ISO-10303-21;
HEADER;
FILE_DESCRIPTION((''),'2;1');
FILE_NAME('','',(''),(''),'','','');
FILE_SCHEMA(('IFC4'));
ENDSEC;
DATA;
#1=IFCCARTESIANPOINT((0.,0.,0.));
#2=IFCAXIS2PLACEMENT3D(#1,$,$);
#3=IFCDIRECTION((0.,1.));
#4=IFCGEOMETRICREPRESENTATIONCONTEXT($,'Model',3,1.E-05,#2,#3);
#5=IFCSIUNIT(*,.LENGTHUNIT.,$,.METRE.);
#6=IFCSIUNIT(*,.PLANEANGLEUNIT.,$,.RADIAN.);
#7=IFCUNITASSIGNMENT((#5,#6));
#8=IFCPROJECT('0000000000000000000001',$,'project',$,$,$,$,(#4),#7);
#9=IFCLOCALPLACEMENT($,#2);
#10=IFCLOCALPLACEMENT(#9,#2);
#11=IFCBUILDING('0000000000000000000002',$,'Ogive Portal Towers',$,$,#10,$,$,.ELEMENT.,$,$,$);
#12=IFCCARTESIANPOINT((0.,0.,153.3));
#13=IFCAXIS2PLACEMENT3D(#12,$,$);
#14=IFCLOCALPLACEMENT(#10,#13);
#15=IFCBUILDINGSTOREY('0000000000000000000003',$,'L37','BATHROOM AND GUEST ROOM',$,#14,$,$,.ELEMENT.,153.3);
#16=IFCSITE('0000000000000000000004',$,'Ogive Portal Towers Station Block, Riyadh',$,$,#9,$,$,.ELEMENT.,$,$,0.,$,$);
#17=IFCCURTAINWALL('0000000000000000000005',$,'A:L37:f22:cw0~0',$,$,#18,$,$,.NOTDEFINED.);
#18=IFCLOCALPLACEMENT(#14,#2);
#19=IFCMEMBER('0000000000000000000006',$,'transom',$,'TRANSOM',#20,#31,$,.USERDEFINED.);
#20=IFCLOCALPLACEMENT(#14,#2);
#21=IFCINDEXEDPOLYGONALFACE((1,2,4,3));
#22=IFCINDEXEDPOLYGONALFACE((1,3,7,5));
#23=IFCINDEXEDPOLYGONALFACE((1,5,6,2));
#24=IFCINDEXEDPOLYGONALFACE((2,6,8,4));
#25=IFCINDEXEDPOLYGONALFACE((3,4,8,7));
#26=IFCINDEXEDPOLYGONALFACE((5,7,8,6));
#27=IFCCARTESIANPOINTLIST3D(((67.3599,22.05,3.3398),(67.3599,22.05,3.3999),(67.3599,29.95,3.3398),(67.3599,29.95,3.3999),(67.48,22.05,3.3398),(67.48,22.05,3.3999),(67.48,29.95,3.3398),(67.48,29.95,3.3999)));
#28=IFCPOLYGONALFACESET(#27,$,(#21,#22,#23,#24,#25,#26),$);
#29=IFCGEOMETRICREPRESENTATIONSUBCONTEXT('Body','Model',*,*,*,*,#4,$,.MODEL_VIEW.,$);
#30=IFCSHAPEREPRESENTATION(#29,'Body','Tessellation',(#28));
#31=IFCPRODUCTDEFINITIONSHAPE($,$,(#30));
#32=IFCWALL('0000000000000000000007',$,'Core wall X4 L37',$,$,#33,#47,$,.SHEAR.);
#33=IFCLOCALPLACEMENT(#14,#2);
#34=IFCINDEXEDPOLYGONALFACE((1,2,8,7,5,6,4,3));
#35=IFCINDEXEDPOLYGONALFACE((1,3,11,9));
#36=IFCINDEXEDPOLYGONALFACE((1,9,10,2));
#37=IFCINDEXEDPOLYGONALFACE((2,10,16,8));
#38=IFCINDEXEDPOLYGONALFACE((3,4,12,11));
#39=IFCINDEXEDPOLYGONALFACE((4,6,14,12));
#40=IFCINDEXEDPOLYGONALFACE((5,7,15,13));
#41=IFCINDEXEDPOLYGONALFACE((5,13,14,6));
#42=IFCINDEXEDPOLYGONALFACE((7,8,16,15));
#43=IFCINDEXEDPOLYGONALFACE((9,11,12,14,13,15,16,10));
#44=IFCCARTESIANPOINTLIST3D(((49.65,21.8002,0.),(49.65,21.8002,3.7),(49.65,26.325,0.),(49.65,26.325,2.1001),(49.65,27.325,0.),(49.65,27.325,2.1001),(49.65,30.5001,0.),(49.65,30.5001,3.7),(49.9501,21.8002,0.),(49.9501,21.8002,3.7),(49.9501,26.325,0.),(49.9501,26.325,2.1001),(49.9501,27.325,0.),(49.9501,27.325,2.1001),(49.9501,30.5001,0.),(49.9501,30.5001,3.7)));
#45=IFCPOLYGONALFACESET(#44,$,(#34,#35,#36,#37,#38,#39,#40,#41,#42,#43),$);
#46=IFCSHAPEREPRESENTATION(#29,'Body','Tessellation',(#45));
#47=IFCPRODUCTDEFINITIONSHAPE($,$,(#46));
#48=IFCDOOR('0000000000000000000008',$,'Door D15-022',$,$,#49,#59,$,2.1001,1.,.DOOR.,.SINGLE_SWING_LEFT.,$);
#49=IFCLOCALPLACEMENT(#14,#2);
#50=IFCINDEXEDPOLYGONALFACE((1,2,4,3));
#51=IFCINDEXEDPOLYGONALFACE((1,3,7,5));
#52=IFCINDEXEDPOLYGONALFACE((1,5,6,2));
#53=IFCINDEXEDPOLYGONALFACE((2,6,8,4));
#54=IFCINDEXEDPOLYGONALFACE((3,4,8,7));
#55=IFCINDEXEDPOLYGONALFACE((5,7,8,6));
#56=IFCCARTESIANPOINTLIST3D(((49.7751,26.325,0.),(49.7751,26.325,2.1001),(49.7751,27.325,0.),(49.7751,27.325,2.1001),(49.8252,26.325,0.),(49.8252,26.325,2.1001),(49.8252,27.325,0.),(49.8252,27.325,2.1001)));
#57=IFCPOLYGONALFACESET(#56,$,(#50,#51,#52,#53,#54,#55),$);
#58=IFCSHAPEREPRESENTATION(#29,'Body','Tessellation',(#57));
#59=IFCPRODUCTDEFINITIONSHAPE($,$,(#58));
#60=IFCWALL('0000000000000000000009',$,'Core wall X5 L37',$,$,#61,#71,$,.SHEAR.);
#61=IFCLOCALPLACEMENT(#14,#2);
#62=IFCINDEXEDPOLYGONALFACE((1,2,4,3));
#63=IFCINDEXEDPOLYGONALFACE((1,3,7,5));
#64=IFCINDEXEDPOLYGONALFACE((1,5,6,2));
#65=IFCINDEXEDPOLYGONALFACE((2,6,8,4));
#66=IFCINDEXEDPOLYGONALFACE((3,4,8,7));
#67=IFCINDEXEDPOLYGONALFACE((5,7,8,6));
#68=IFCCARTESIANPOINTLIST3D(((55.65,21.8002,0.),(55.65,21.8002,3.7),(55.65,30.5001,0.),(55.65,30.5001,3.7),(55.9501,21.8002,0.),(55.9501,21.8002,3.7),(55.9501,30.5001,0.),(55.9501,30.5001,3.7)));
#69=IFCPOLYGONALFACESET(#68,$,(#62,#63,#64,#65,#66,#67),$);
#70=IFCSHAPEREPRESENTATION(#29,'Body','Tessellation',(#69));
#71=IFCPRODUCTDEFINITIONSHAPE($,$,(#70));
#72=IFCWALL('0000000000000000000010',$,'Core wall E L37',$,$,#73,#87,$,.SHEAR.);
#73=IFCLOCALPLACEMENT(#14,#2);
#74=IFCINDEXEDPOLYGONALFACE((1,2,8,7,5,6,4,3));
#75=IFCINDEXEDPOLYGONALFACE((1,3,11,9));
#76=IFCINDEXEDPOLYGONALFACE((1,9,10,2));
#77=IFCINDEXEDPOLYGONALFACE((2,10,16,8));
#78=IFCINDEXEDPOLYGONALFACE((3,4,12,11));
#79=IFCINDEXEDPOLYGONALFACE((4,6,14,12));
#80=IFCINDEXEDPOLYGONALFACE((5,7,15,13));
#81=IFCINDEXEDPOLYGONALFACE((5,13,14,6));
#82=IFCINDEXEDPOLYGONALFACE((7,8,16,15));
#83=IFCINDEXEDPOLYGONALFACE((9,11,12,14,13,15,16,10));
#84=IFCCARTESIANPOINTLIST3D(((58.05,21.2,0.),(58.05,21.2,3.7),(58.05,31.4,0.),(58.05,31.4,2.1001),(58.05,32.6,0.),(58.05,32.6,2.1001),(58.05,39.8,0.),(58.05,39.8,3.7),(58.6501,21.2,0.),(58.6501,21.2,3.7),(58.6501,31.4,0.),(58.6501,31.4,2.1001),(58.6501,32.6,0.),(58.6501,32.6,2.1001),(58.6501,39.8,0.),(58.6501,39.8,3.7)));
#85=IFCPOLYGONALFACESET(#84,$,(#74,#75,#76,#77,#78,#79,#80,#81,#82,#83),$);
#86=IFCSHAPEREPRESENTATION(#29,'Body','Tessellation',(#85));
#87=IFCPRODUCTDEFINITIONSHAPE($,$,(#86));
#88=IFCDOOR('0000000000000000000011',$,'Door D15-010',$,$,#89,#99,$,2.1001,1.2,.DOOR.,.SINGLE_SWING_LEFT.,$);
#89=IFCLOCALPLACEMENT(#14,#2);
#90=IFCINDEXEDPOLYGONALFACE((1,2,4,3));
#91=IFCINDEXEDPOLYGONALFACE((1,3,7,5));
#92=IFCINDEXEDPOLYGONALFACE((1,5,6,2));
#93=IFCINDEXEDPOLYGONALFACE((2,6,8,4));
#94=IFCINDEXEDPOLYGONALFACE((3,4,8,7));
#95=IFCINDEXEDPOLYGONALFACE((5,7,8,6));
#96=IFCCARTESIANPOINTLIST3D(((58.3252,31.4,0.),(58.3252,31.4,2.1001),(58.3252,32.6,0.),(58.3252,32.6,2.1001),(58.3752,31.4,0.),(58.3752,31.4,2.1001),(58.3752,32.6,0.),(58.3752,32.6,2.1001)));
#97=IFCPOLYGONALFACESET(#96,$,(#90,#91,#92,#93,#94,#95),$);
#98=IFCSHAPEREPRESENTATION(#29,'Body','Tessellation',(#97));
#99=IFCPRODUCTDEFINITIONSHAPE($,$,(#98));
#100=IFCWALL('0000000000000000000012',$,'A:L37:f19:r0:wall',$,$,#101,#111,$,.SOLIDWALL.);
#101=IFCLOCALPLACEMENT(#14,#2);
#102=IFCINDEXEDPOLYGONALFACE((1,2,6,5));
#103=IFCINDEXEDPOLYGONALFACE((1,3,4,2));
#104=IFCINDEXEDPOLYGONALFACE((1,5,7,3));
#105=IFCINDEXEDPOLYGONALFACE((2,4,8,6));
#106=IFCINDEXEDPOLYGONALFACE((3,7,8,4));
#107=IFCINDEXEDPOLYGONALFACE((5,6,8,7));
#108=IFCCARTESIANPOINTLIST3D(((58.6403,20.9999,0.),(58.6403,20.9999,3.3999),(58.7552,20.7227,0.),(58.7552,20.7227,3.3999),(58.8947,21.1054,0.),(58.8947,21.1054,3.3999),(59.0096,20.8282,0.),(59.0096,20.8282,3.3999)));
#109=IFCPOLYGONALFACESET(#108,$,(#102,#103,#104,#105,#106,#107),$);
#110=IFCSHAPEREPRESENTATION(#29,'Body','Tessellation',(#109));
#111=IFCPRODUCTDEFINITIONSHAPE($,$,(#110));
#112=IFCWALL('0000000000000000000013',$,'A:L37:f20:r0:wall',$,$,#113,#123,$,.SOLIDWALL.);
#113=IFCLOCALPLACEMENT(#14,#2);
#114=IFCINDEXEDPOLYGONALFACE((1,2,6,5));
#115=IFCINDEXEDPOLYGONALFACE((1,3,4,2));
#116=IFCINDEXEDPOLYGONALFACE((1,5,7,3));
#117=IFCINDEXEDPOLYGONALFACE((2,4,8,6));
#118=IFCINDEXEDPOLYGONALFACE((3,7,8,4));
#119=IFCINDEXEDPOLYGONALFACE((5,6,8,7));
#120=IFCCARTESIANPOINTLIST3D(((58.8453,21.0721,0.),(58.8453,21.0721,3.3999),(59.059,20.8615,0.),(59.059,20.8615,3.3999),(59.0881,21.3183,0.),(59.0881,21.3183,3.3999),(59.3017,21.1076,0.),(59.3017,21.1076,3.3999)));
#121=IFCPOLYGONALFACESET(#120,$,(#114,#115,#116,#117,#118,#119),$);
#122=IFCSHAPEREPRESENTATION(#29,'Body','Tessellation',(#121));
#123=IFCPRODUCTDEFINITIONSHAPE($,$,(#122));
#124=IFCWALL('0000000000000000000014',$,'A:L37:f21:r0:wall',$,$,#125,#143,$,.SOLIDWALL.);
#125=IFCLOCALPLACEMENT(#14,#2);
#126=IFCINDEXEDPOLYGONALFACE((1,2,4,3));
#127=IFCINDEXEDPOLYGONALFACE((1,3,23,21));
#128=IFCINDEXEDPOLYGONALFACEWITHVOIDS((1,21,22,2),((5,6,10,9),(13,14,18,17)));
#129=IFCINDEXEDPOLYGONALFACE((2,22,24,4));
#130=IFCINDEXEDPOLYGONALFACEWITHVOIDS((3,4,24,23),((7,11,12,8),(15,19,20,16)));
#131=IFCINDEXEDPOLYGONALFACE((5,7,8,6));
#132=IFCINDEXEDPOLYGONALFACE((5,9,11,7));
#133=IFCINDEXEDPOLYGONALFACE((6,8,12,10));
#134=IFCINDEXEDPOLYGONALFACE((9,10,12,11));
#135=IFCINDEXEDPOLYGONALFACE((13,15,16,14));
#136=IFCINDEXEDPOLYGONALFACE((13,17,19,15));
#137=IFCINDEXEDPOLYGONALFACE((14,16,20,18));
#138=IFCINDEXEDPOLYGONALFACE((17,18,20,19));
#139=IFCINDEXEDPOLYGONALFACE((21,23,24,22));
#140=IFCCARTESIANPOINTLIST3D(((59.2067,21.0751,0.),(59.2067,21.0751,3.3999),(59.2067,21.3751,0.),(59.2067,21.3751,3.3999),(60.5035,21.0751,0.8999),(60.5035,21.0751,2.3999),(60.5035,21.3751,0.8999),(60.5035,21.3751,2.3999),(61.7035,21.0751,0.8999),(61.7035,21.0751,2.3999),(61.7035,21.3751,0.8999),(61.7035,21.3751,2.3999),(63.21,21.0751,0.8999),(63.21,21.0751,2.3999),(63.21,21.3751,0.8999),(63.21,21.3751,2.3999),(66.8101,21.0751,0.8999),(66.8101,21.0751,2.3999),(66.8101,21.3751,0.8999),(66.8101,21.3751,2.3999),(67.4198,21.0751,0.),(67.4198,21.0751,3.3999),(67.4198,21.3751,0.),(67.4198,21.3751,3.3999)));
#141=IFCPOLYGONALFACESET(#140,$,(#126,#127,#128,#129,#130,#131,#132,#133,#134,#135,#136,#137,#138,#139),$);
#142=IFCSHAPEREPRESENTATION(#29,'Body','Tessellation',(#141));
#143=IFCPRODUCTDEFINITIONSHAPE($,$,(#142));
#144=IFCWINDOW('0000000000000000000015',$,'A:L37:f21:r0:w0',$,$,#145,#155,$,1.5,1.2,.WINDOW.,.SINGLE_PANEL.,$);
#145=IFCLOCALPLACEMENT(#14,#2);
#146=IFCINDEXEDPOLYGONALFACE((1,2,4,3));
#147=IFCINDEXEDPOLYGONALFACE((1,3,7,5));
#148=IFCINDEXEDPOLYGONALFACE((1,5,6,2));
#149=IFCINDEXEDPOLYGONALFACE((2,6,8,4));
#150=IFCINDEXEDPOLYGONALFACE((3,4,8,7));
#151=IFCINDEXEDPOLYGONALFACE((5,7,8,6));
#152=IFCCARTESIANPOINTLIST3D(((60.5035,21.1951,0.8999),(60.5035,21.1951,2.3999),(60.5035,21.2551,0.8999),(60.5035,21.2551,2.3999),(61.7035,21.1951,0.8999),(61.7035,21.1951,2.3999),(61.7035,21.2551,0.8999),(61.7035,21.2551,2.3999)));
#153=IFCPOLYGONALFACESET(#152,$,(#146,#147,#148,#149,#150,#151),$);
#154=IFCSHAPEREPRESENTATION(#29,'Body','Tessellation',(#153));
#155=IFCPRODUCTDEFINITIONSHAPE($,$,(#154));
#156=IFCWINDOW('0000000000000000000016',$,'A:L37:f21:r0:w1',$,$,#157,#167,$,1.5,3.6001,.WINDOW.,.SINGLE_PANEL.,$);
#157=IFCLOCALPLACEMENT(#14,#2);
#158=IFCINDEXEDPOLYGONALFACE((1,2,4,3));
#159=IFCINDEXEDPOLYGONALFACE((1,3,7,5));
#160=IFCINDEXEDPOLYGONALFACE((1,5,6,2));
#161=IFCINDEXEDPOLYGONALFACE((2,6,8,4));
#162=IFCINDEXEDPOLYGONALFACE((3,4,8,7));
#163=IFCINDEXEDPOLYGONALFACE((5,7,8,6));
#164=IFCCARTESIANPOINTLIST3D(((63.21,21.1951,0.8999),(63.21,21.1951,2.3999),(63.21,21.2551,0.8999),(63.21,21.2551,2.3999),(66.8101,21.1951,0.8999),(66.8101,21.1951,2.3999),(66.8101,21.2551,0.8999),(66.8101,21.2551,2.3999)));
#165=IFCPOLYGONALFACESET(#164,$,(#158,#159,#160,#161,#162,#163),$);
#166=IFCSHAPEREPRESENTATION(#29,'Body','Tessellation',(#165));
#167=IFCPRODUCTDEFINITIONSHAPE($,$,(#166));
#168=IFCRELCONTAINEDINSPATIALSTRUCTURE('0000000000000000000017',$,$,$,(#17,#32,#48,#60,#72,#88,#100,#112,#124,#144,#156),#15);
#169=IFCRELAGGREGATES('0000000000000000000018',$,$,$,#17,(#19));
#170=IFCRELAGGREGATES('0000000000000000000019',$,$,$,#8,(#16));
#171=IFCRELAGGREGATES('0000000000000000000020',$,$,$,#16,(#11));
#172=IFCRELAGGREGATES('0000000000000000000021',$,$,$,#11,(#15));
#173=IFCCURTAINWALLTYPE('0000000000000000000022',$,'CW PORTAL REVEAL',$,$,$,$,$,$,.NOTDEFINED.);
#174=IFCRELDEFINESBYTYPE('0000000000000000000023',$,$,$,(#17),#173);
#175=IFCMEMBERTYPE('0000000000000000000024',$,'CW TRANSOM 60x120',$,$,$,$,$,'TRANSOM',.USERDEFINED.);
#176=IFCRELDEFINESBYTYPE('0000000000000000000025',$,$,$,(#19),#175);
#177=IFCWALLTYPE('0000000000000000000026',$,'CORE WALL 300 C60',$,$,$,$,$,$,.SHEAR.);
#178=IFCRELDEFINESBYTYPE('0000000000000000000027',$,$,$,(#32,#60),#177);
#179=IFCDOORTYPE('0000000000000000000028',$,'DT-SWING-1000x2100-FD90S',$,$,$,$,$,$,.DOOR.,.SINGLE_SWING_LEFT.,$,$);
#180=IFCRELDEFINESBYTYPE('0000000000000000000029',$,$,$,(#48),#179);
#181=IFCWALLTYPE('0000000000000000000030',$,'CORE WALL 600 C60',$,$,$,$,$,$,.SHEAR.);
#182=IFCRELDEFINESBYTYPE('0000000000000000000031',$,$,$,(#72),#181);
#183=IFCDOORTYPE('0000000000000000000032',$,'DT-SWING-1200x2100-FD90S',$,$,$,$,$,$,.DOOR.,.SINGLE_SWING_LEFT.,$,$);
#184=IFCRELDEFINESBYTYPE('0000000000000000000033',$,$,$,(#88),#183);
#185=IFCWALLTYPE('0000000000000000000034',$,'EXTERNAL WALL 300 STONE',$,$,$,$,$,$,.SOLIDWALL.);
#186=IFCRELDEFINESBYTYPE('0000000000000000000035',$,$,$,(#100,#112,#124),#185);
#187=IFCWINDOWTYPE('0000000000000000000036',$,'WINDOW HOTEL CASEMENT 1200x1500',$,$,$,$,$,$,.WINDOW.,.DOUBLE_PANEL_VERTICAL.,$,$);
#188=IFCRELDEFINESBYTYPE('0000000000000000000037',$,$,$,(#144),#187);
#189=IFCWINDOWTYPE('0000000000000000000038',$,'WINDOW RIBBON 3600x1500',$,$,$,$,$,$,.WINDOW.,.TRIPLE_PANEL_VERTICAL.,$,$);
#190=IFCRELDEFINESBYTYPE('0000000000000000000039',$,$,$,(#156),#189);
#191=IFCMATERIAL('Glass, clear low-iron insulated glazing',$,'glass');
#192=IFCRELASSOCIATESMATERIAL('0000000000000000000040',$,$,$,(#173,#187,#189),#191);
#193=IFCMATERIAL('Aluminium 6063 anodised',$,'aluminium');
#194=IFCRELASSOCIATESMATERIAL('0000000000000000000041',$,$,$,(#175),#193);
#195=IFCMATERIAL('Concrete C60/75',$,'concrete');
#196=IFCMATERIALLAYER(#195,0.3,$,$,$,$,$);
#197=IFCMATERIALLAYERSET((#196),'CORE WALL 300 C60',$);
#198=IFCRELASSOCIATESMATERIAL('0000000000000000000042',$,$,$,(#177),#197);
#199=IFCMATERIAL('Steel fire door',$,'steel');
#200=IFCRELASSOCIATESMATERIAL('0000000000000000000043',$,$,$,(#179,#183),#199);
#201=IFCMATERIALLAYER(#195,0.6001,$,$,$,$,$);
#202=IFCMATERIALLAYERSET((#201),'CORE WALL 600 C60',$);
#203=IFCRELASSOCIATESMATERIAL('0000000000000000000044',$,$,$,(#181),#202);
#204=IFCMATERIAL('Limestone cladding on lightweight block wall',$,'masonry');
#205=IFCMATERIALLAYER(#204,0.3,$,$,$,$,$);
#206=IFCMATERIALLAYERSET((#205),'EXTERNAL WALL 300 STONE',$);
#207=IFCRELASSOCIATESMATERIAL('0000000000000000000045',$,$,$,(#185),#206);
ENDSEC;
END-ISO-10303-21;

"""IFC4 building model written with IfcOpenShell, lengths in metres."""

from ifc_helpers import new_model, si_unit, direction, frame, frame_2d, origin, origin_2d, place, context, subcontext, project, spatial, rectangle, extrude, material, layer, layer_set, material_profile, profile_set, type_object, element, fill, aggregate, save


model = new_model("IFC4")

# Units and contexts
model_context = context("Model", 3, precision=1e-05, world=origin(), true_north=direction((0.0, 1.0)))
body_context = subcontext(model_context, "Body", "Model", "MODEL_VIEW")
ifc_project = project(units=[si_unit("LENGTHUNIT", "METRE"), si_unit("PLANEANGLEUNIT", "RADIAN")], contexts=[model_context])

# Site, building, storey
site_placement = place(None, origin())
site = spatial("IfcSite", under=ifc_project, at=site_placement, Name="Ogive Portal Towers Station Block, Riyadh", CompositionType="ELEMENT", RefElevation=0.0)
building_placement = place(site_placement, origin())
building = spatial("IfcBuilding", under=site, at=building_placement, Name="Ogive Portal Towers", CompositionType="ELEMENT")
storey_placement = place(building_placement, frame((0.0, 0.0, 153.3)))
storey = spatial("IfcBuildingStorey", under=building, at=storey_placement, Name="L37", Description="BATHROOM AND GUEST ROOM", CompositionType="ELEMENT", Elevation=153.3)

# Curtain wall, member
ifc_material_1 = material(Name="Glass, clear low-iron insulated glazing", Category="glass")
curtain_wall_type = type_object("IfcCurtainWallType", Name="CW PORTAL REVEAL", PredefinedType="NOTDEFINED", material=ifc_material_1)
curtain_wall_placement = place(storey_placement, origin())
curtain_wall = element("IfcCurtainWall", 1, at=curtain_wall_placement, inside=storey, type_object=curtain_wall_type, Name="A:L37:f22:cw0~0", PredefinedType="NOTDEFINED")
ifc_material_2 = material(Name="Aluminium 6063 anodised", Category="aluminium")
ifc_material_profile = material_profile(ifc_material_2, rectangle(XDim=0.1201, YDim=0.0601, at=origin_2d()), Name="AL 120x60")
ifc_profile_set = profile_set([ifc_material_profile], Name="Aluminium 6063 anodised")
member_type = type_object("IfcMemberType", Name="CW TRANSOM 60x120", ElementType="TRANSOM", PredefinedType="USERDEFINED", material=ifc_profile_set)
member_placement = place(storey_placement, frame((67.4199, 22.05, 3.3699), z_axis=(0.0, 1.0, 0.0), x_axis=(-1.0, 0.0, 0.0)))
member = element("IfcMember", 2, at=member_placement, type_object=member_type, Name="transom", ObjectType="TRANSOM", PredefinedType="USERDEFINED", context=body_context, shape_type="SweptSolid", body=[
    extrude(rectangle(XDim=0.1201, YDim=0.0601, at=origin_2d()), origin(), (0.0, 0.0, 1.0), 7.8999),
])
aggregate(curtain_wall, [member])

# Wall, opening, door
ifc_material_3 = material(Name="Concrete C60/75", Category="concrete")
ifc_layer_1 = layer(ifc_material_3, 0.3)
ifc_layer_set_1 = layer_set([ifc_layer_1], Name="CORE WALL 300 C60")
wall_type_1 = type_object("IfcWallType", Name="CORE WALL 300 C60", PredefinedType="SHEAR", material=ifc_layer_set_1)
wall_1_placement = place(storey_placement, frame((49.8, 21.8, 0.0), z_axis=(0.0, 0.0, 1.0), x_axis=(0.0, 1.0, 0.0)))
wall_1 = element("IfcWall", 3, at=wall_1_placement, inside=storey, type_object=wall_type_1, Name="Core wall X4 L37", PredefinedType="SHEAR", context=body_context, shape_type="SweptSolid", body=[
    extrude(rectangle(XDim=8.7, YDim=0.3, at=frame_2d((4.3501, 0.0))), origin(), (0.0, 0.0, 1.0), 3.7),
])
opening_1_placement = place(wall_1_placement, frame((4.5249, 0.0, 0.0)))
opening_1 = element("IfcOpeningElement", 4, at=opening_1_placement, cuts=wall_1, PredefinedType="OPENING", context=body_context, shape_type="SweptSolid", body=[
    extrude(rectangle(XDim=1.0, YDim=2.1001, at=frame_2d((0.5, 1.05))), frame((0.0, 0.1602, 0.0), z_axis=(0.0, -1.0, 0.0), x_axis=(1.0, 0.0, 0.0)), (0.0, 0.0, 1.0), 0.3201),
])
ifc_material_4 = material(Name="Steel fire door", Category="steel")
door_type_1 = type_object("IfcDoorType", Name="DT-SWING-1000x2100-FD90S", OperationType="SINGLE_SWING_LEFT", PredefinedType="DOOR", material=ifc_material_4)
door_1_placement = place(opening_1_placement, origin())
door_1 = element("IfcDoor", 5, at=door_1_placement, inside=storey, type_object=door_type_1, Name="Door D15-022", OperationType="SINGLE_SWING_LEFT", OverallHeight=2.1001, OverallWidth=1.0, PredefinedType="DOOR", context=body_context, shape_type="SweptSolid", body=[
    extrude(rectangle(XDim=1.0, YDim=2.1001, at=frame_2d((0.5, 1.05))), frame((0.0, 0.0249, 0.0), z_axis=(0.0, -1.0, 0.0), x_axis=(1.0, 0.0, 0.0)), (0.0, 0.0, 1.0), 0.05),
])
fill(opening_1, door_1)

# Wall
wall_2_placement = place(storey_placement, frame((55.8, 21.8, 0.0), z_axis=(0.0, 0.0, 1.0), x_axis=(0.0, 1.0, 0.0)))
element("IfcWall", 6, at=wall_2_placement, inside=storey, type_object=wall_type_1, Name="Core wall X5 L37", PredefinedType="SHEAR", context=body_context, shape_type="SweptSolid", body=[
    extrude(rectangle(XDim=8.7, YDim=0.3, at=frame_2d((4.3501, 0.0))), origin(), (0.0, 0.0, 1.0), 3.7),
])

# Wall, opening, door
ifc_layer_2 = layer(ifc_material_3, 0.6001)
ifc_layer_set_2 = layer_set([ifc_layer_2], Name="CORE WALL 600 C60")
wall_type_2 = type_object("IfcWallType", Name="CORE WALL 600 C60", PredefinedType="SHEAR", material=ifc_layer_set_2)
wall_3_placement = place(storey_placement, frame((58.3501, 21.2, 0.0), z_axis=(0.0, 0.0, 1.0), x_axis=(0.0, 1.0, 0.0)))
wall_3 = element("IfcWall", 7, at=wall_3_placement, inside=storey, type_object=wall_type_2, Name="Core wall E L37", PredefinedType="SHEAR", context=body_context, shape_type="SweptSolid", body=[
    extrude(rectangle(XDim=18.6001, YDim=0.6001, at=frame_2d((9.3, 0.0))), origin(), (0.0, 0.0, 1.0), 3.7),
])
opening_2_placement = place(wall_3_placement, frame((10.2, 0.0, 0.0)))
opening_2 = element("IfcOpeningElement", 8, at=opening_2_placement, cuts=wall_3, PredefinedType="OPENING", context=body_context, shape_type="SweptSolid", body=[
    extrude(rectangle(XDim=1.2, YDim=2.1001, at=frame_2d((0.6001, 1.05))), frame((0.0, 0.3101, 0.0), z_axis=(0.0, -1.0, 0.0), x_axis=(1.0, 0.0, 0.0)), (0.0, 0.0, 1.0), 0.6201),
])
door_type_2 = type_object("IfcDoorType", Name="DT-SWING-1200x2100-FD90S", OperationType="SINGLE_SWING_LEFT", PredefinedType="DOOR", material=ifc_material_4)
door_2_placement = place(opening_2_placement, origin())
door_2 = element("IfcDoor", 9, at=door_2_placement, inside=storey, type_object=door_type_2, Name="Door D15-010", OperationType="SINGLE_SWING_LEFT", OverallHeight=2.1001, OverallWidth=1.2, PredefinedType="DOOR", context=body_context, shape_type="SweptSolid", body=[
    extrude(rectangle(XDim=1.2, YDim=2.1001, at=frame_2d((0.6001, 1.05))), frame((0.0, 0.0249, 0.0), z_axis=(0.0, -1.0, 0.0), x_axis=(1.0, 0.0, 0.0)), (0.0, 0.0, 1.0), 0.05),
])
fill(opening_2, door_2)

# Walls
ifc_material_5 = material(Name="Limestone cladding on lightweight block wall", Category="masonry")
ifc_layer_3 = layer(ifc_material_5, 0.3)
ifc_layer_set_3 = layer_set([ifc_layer_3], Name="EXTERNAL WALL 300 STONE")
wall_type_3 = type_object("IfcWallType", Name="EXTERNAL WALL 300 STONE", PredefinedType="SOLIDWALL", material=ifc_layer_set_3)
wall_4_placement = place(storey_placement, frame((58.6978, 20.8613, 0.0), z_axis=(0.0, 0.0, 1.0), x_axis=(0.923757, 0.382978, 0.0)))
element("IfcWall", 10, at=wall_4_placement, inside=storey, type_object=wall_type_3, Name="A:L37:f19:r0:wall", PredefinedType="SOLIDWALL", context=body_context, shape_type="SweptSolid", body=[
    extrude(rectangle(XDim=0.2754, YDim=0.3, at=frame_2d((0.1377, 0.0))), origin(), (0.0, 0.0, 1.0), 3.3999),
])
wall_5_placement = place(storey_placement, frame((58.9521, 20.9668, 0.0), z_axis=(0.0, 0.0, 1.0), x_axis=(0.702145, 0.712034, 0.0)))
element("IfcWall", 11, at=wall_5_placement, inside=storey, type_object=wall_type_3, Name="A:L37:f20:r0:wall", PredefinedType="SOLIDWALL", context=body_context, shape_type="SweptSolid", body=[
    extrude(rectangle(XDim=0.3457, YDim=0.3, at=frame_2d((0.1729, 0.0))), origin(), (0.0, 0.0, 1.0), 3.3999),
])

# Wall, openings, windows
wall_6_placement = place(storey_placement, frame((59.2068, 21.2251, 0.0), z_axis=(0.0, 0.0, 1.0), x_axis=(1.0, 0.0, 0.0)))
wall_6 = element("IfcWall", 12, at=wall_6_placement, inside=storey, type_object=wall_type_3, Name="A:L37:f21:r0:wall", PredefinedType="SOLIDWALL", context=body_context, shape_type="SweptSolid", body=[
    extrude(rectangle(XDim=8.2131, YDim=0.3, at=frame_2d((4.1064, 0.0))), origin(), (0.0, 0.0, 1.0), 3.3999),
])
opening_3_placement = place(wall_6_placement, frame((1.2966, 0.0, 0.8999)))
opening_3 = element("IfcOpeningElement", 13, at=opening_3_placement, cuts=wall_6, PredefinedType="OPENING", context=body_context, shape_type="SweptSolid", body=[
    extrude(rectangle(XDim=1.2, YDim=1.5, at=frame_2d((0.6001, 0.75))), frame((0.0, 0.1602, 0.0), z_axis=(0.0, -1.0, 0.0), x_axis=(1.0, 0.0, 0.0)), (0.0, 0.0, 1.0), 0.3201),
])
opening_4_placement = place(wall_6_placement, frame((4.0032, 0.0, 0.8999)))
opening_4 = element("IfcOpeningElement", 14, at=opening_4_placement, cuts=wall_6, PredefinedType="OPENING", context=body_context, shape_type="SweptSolid", body=[
    extrude(rectangle(XDim=3.6001, YDim=1.5, at=frame_2d((1.8, 0.75))), frame((0.0, 0.1602, 0.0), z_axis=(0.0, -1.0, 0.0), x_axis=(1.0, 0.0, 0.0)), (0.0, 0.0, 1.0), 0.3201),
])
window_type_1 = type_object("IfcWindowType", Name="WINDOW HOTEL CASEMENT 1200x1500", PartitioningType="DOUBLE_PANEL_VERTICAL", PredefinedType="WINDOW", material=ifc_material_1)
window_1_placement = place(opening_3_placement, origin())
window_1 = element("IfcWindow", 15, at=window_1_placement, inside=storey, type_object=window_type_1, Name="A:L37:f21:r0:w0", OverallHeight=1.5, OverallWidth=1.2, PartitioningType="SINGLE_PANEL", PredefinedType="WINDOW", context=body_context, shape_type="SweptSolid", body=[
    extrude(rectangle(XDim=1.2, YDim=1.5, at=frame_2d((0.6001, 0.75))), frame((0.0, 0.03, 0.0), z_axis=(0.0, -1.0, 0.0), x_axis=(1.0, 0.0, 0.0)), (0.0, 0.0, 1.0), 0.0601),
])
fill(opening_3, window_1)
window_type_2 = type_object("IfcWindowType", Name="WINDOW RIBBON 3600x1500", PartitioningType="TRIPLE_PANEL_VERTICAL", PredefinedType="WINDOW", material=ifc_material_1)
window_2_placement = place(opening_4_placement, origin())
window_2 = element("IfcWindow", 16, at=window_2_placement, inside=storey, type_object=window_type_2, Name="A:L37:f21:r0:w1", OverallHeight=1.5, OverallWidth=3.6001, PartitioningType="SINGLE_PANEL", PredefinedType="WINDOW", context=body_context, shape_type="SweptSolid", body=[
    extrude(rectangle(XDim=3.6001, YDim=1.5, at=frame_2d((1.8, 0.75))), frame((0.0, 0.03, 0.0), z_axis=(0.0, -1.0, 0.0), x_axis=(1.0, 0.0, 0.0)), (0.0, 0.0, 1.0), 0.0601),
])
fill(opening_4, window_2)

save(model, "model.ifc")
